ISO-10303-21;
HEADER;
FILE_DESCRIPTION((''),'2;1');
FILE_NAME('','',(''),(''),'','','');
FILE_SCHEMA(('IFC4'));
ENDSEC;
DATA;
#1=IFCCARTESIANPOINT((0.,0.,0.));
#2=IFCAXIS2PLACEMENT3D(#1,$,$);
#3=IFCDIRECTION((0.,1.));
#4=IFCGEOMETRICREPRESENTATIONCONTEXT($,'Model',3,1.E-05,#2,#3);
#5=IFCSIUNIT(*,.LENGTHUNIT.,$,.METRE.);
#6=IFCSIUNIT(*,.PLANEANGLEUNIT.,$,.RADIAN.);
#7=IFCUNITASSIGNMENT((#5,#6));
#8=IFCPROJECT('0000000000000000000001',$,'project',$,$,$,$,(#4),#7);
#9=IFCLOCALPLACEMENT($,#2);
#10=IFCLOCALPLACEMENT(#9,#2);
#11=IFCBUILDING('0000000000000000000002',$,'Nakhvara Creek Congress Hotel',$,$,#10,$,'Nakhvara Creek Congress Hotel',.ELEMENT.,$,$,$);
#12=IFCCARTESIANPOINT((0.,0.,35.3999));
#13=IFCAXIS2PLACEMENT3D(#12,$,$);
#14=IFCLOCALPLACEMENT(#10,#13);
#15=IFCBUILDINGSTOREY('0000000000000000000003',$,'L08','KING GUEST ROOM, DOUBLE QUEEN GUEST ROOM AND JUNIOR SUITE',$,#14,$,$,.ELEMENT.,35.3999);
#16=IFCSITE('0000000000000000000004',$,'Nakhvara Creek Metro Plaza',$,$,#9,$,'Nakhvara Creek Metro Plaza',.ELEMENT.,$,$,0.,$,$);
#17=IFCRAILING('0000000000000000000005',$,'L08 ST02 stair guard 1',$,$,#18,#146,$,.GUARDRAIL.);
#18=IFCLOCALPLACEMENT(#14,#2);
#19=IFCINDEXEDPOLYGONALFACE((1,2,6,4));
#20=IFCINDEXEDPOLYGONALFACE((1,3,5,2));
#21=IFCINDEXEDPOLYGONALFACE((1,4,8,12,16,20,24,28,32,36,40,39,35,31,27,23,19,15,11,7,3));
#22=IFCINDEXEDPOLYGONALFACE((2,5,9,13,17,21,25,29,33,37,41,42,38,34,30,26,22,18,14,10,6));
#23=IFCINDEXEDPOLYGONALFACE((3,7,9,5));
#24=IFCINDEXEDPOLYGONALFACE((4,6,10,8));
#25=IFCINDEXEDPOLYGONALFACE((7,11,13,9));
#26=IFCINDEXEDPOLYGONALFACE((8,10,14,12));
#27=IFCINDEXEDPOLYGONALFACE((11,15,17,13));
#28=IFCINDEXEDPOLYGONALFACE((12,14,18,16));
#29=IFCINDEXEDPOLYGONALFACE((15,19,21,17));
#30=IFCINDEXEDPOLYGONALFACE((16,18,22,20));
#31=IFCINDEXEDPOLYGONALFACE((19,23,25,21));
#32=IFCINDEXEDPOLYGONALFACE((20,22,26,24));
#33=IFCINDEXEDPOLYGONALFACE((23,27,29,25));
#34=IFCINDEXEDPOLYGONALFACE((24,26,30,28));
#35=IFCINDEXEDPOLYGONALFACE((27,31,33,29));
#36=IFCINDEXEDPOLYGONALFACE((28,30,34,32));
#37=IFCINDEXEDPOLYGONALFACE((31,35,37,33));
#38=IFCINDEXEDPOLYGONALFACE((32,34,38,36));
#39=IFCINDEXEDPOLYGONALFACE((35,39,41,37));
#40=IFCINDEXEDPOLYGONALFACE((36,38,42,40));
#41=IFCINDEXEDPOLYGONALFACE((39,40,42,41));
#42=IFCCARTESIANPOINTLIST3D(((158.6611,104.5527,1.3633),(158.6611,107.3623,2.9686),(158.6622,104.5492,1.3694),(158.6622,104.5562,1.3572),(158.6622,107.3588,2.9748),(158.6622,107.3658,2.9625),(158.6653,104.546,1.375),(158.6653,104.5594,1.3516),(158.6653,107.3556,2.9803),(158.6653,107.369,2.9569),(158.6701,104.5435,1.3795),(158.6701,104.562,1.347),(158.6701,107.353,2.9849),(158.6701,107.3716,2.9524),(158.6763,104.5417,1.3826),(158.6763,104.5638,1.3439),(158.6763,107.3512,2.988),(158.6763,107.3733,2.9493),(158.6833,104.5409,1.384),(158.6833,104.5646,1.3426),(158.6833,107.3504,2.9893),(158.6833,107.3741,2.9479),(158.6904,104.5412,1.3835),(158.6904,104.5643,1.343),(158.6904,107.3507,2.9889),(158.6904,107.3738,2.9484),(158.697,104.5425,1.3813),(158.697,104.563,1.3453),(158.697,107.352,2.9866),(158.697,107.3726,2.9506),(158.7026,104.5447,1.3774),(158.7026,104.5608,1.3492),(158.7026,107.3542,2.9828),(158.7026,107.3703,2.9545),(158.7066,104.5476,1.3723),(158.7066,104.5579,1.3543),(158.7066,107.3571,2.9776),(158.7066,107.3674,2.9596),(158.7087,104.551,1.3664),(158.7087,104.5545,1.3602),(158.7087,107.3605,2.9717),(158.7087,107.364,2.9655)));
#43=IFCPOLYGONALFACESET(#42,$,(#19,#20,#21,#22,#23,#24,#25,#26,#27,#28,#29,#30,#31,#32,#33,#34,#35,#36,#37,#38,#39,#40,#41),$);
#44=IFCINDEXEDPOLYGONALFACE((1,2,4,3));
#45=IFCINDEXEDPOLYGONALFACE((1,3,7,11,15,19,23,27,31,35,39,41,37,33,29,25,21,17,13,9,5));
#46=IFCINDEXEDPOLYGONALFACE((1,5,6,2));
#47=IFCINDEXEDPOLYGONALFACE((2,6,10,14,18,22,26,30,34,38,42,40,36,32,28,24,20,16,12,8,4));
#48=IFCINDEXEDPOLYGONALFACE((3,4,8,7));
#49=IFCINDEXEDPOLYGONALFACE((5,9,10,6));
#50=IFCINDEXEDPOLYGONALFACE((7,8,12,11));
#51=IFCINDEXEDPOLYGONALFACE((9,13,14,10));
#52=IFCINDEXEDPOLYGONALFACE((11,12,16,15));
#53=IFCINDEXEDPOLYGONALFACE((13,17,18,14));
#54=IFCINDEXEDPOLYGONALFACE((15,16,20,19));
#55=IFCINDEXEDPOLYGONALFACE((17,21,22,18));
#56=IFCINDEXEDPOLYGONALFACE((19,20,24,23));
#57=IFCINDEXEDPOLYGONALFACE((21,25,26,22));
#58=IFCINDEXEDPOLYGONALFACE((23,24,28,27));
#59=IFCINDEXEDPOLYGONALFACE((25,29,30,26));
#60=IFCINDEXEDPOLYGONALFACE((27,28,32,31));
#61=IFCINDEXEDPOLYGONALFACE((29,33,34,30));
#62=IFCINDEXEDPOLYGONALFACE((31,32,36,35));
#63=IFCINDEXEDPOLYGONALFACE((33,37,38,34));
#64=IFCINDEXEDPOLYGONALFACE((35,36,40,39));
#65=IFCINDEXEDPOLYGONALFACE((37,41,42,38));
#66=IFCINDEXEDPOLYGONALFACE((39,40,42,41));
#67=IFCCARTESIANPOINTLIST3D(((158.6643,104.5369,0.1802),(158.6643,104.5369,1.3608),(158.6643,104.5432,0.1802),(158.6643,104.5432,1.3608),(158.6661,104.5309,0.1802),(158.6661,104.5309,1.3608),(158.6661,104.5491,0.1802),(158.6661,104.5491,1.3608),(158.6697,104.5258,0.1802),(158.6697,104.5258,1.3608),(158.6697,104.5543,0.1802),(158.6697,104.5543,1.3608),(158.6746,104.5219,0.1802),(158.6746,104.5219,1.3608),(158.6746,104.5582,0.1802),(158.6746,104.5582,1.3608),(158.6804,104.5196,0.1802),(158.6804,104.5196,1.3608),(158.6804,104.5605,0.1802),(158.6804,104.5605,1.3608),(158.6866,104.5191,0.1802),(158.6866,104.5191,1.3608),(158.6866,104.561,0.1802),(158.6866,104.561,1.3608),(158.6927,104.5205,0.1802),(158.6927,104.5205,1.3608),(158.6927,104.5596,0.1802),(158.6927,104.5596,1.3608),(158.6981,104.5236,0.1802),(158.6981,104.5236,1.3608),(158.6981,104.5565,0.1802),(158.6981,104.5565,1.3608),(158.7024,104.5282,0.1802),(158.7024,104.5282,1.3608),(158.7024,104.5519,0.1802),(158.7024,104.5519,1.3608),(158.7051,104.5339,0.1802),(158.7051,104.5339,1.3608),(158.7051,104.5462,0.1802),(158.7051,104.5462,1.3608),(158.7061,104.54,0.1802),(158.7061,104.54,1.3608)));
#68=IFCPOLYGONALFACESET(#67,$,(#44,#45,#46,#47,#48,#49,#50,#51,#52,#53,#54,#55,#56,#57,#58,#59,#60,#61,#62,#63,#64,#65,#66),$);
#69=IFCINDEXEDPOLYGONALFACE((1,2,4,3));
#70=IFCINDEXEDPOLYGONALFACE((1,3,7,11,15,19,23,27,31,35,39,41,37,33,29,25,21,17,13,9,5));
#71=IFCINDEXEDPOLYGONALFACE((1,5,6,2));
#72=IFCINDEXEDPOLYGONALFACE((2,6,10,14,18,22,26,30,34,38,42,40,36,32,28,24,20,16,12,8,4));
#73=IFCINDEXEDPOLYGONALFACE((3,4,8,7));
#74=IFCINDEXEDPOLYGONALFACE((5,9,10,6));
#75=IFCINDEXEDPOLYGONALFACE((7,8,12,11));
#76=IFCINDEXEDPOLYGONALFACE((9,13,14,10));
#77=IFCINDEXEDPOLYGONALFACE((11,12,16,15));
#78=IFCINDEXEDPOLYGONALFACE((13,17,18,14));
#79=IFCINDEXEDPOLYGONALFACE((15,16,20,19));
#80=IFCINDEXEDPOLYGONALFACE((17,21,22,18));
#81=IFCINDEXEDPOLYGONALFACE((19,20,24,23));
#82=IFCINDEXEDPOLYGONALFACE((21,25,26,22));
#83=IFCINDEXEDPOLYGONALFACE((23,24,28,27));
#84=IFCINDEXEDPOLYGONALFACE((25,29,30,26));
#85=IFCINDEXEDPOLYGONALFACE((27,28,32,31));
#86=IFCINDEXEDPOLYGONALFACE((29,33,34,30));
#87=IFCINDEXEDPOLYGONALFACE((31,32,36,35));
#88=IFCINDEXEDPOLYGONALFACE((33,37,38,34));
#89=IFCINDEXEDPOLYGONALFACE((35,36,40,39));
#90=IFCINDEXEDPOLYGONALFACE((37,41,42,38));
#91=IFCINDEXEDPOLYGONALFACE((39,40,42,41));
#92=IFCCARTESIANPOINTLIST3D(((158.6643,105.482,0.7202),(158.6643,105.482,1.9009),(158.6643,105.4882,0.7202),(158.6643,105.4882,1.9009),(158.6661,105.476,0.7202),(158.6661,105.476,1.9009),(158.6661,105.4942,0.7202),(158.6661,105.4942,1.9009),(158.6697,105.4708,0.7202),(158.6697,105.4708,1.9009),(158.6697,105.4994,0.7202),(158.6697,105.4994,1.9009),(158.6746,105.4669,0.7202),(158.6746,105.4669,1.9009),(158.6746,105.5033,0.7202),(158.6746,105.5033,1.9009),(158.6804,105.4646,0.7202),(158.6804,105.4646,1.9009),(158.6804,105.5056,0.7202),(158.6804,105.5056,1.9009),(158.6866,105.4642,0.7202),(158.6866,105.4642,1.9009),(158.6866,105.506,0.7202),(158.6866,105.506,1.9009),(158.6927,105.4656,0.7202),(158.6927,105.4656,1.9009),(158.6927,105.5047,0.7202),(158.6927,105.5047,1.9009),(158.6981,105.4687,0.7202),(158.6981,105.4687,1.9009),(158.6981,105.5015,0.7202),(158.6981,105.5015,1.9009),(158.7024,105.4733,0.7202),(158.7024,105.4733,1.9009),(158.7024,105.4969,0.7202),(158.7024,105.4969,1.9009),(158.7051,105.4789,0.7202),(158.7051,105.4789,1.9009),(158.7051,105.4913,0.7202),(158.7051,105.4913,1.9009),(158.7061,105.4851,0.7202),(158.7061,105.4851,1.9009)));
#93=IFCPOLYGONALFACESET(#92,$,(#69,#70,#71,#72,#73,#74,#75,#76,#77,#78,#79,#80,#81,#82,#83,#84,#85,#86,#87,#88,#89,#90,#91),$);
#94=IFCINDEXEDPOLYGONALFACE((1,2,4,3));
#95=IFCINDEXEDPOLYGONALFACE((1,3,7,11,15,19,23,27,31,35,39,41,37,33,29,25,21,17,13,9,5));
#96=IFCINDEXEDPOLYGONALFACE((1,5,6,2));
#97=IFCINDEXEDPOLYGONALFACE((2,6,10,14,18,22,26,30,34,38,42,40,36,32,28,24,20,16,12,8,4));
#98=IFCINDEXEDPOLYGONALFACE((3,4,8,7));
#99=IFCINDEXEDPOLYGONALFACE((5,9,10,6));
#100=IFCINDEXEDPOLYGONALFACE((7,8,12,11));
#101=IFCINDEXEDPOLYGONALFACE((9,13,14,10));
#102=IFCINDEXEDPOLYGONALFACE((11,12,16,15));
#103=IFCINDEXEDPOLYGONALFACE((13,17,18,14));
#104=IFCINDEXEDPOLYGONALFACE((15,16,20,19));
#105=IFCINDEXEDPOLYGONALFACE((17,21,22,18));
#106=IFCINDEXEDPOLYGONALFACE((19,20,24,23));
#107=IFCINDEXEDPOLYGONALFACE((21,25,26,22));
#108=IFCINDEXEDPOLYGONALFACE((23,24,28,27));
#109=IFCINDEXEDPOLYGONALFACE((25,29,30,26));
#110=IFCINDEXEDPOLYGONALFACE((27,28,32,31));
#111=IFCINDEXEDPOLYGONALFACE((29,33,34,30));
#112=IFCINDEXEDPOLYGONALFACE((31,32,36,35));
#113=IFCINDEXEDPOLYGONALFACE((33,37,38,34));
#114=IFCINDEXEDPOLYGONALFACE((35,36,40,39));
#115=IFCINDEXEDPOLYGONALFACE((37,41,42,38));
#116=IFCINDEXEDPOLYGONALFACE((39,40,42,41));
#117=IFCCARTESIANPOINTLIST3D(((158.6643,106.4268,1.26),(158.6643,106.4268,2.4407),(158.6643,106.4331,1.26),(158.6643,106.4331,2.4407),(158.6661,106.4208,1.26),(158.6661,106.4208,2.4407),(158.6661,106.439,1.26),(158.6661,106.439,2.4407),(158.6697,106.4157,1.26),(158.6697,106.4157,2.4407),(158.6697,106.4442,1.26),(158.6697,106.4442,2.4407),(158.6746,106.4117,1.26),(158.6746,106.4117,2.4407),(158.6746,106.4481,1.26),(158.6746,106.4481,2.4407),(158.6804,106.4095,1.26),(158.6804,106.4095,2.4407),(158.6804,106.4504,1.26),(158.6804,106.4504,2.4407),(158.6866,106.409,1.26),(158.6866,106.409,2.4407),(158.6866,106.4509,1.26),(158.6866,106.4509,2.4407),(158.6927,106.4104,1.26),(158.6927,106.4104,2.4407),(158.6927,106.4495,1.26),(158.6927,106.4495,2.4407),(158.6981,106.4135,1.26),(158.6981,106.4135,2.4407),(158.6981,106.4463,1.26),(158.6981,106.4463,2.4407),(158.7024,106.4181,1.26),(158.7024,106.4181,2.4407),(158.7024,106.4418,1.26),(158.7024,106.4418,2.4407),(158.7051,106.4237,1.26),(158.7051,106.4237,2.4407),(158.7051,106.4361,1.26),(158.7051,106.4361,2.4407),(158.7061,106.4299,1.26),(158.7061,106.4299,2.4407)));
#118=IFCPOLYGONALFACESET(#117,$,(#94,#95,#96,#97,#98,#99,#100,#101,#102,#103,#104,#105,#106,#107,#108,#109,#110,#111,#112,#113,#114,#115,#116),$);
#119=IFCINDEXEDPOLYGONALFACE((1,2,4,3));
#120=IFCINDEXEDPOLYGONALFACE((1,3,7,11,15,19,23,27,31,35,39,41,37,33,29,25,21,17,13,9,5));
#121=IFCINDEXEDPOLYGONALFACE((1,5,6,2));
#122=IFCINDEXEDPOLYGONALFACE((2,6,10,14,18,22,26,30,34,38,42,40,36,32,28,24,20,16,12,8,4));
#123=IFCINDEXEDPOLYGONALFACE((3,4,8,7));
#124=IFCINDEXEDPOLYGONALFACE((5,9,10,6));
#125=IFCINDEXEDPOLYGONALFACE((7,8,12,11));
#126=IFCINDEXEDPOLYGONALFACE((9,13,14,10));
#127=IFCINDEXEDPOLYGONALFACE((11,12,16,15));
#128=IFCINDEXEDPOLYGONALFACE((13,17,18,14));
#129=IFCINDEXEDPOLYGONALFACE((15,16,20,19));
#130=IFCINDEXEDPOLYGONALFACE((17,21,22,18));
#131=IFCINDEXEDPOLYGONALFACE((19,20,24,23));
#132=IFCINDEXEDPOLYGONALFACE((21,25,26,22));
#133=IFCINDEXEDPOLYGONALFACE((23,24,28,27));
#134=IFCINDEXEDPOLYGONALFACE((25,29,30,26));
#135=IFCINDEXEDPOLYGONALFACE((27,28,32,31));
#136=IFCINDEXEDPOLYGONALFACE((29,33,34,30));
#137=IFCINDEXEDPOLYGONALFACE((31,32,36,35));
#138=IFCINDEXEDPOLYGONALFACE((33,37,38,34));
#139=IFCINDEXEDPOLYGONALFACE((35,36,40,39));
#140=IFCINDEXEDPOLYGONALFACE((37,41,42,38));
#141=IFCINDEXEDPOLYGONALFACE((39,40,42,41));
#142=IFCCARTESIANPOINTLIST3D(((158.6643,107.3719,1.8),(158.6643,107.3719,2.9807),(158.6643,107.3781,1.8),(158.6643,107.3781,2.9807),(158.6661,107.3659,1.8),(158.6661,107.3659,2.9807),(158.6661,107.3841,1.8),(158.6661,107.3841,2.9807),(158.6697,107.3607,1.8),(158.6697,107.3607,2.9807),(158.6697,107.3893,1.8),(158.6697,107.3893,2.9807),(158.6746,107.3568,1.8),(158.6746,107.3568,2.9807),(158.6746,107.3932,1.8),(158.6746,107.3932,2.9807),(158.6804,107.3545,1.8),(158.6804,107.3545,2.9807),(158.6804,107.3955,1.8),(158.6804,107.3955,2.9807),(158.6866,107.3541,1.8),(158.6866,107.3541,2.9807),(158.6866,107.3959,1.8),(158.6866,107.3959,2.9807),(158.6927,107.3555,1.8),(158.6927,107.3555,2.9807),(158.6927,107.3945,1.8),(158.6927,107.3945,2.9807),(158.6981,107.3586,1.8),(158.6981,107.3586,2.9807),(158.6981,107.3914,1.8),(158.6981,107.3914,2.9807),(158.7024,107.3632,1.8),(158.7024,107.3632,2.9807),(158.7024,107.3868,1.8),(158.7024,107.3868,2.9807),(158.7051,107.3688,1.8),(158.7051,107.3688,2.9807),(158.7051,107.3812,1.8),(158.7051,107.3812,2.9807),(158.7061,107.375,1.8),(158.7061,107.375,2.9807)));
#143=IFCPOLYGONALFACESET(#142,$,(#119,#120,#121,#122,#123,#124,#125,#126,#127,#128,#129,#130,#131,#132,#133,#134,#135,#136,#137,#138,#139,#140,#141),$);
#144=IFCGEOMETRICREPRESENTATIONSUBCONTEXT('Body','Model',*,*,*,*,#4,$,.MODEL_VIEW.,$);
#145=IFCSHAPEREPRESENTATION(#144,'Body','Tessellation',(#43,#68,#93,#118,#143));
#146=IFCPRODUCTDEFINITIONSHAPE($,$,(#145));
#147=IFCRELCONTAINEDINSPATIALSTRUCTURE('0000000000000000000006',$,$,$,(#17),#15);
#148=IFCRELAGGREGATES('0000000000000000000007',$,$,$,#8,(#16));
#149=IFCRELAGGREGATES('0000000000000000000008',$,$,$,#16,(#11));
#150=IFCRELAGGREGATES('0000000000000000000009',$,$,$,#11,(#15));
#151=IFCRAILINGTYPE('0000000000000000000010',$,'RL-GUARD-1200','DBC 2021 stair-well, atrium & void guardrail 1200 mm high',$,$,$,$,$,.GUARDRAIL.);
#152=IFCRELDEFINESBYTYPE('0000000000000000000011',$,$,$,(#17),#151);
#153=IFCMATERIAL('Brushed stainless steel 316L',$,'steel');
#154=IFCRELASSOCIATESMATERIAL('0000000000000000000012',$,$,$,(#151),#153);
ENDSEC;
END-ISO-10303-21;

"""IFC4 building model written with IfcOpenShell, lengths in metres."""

from ifc_helpers import new_model, si_unit, direction, frame, origin, origin_2d, place, context, subcontext, project, spatial, circle, extrude, material, type_object, element, save


model = new_model("IFC4")

# Units and contexts
model_context = context("Model", 3, precision=1e-05, world=origin(), true_north=direction((0.0, 1.0)))
body_context = subcontext(model_context, "Body", "Model", "MODEL_VIEW")
ifc_project = project(units=[si_unit("LENGTHUNIT", "METRE"), si_unit("PLANEANGLEUNIT", "RADIAN")], contexts=[model_context])

# Site, building, storey
site_placement = place(None, origin())
site = spatial("IfcSite", under=ifc_project, at=site_placement, Name="Nakhvara Creek Metro Plaza", LongName="Nakhvara Creek Metro Plaza", CompositionType="ELEMENT", RefElevation=0.0)
building_placement = place(site_placement, origin())
building = spatial("IfcBuilding", under=site, at=building_placement, Name="Nakhvara Creek Congress Hotel", LongName="Nakhvara Creek Congress Hotel", CompositionType="ELEMENT")
storey_placement = place(building_placement, frame((0.0, 0.0, 35.3999)))
storey = spatial("IfcBuildingStorey", under=building, at=storey_placement, Name="L08", Description="KING GUEST ROOM, DOUBLE QUEEN GUEST ROOM AND JUNIOR SUITE", CompositionType="ELEMENT", Elevation=35.3999)

# Railing
ifc_material_1 = material(Name="Brushed stainless steel 316L", Category="steel")
railing_type_1 = type_object("IfcRailingType", Name="RL-GUARD-1200", Description="DBC 2021 stair-well, atrium & void guardrail 1200 mm high", PredefinedType="GUARDRAIL", material=ifc_material_1)
railing_1_placement = place(storey_placement, frame((158.6851, 104.54, 0.1802)))
element("IfcRailing", 1, at=railing_1_placement, inside=storey, type_object=railing_type_1, Name="L08 ST02 stair guard 1", PredefinedType="GUARDRAIL", context=body_context, shape_type="SweptSolid", body=[
    extrude(circle(Radius=0.0239, at=origin_2d()), frame((0.0, 0.0127, 1.1831), z_axis=(0.0, 0.868257, 0.496115), x_axis=(-1.0, 0.0, 0.0)), (0.0, 0.0, 1.0), 3.2358),
    extrude(circle(Radius=0.021, at=origin_2d()), origin(), (0.0, 0.0, 1.0), 1.1807),
    extrude(circle(Radius=0.021, at=origin_2d()), frame((0.0, 0.9451, 0.54)), (0.0, 0.0, 1.0), 1.1807),
    extrude(circle(Radius=0.021, at=origin_2d()), frame((0.0, 1.8899, 1.0798)), (0.0, 0.0, 1.0), 1.1807),
    extrude(circle(Radius=0.021, at=origin_2d()), frame((0.0, 2.835, 1.6199)), (0.0, 0.0, 1.0), 1.1807),
])

save(model, "model.ifc")
